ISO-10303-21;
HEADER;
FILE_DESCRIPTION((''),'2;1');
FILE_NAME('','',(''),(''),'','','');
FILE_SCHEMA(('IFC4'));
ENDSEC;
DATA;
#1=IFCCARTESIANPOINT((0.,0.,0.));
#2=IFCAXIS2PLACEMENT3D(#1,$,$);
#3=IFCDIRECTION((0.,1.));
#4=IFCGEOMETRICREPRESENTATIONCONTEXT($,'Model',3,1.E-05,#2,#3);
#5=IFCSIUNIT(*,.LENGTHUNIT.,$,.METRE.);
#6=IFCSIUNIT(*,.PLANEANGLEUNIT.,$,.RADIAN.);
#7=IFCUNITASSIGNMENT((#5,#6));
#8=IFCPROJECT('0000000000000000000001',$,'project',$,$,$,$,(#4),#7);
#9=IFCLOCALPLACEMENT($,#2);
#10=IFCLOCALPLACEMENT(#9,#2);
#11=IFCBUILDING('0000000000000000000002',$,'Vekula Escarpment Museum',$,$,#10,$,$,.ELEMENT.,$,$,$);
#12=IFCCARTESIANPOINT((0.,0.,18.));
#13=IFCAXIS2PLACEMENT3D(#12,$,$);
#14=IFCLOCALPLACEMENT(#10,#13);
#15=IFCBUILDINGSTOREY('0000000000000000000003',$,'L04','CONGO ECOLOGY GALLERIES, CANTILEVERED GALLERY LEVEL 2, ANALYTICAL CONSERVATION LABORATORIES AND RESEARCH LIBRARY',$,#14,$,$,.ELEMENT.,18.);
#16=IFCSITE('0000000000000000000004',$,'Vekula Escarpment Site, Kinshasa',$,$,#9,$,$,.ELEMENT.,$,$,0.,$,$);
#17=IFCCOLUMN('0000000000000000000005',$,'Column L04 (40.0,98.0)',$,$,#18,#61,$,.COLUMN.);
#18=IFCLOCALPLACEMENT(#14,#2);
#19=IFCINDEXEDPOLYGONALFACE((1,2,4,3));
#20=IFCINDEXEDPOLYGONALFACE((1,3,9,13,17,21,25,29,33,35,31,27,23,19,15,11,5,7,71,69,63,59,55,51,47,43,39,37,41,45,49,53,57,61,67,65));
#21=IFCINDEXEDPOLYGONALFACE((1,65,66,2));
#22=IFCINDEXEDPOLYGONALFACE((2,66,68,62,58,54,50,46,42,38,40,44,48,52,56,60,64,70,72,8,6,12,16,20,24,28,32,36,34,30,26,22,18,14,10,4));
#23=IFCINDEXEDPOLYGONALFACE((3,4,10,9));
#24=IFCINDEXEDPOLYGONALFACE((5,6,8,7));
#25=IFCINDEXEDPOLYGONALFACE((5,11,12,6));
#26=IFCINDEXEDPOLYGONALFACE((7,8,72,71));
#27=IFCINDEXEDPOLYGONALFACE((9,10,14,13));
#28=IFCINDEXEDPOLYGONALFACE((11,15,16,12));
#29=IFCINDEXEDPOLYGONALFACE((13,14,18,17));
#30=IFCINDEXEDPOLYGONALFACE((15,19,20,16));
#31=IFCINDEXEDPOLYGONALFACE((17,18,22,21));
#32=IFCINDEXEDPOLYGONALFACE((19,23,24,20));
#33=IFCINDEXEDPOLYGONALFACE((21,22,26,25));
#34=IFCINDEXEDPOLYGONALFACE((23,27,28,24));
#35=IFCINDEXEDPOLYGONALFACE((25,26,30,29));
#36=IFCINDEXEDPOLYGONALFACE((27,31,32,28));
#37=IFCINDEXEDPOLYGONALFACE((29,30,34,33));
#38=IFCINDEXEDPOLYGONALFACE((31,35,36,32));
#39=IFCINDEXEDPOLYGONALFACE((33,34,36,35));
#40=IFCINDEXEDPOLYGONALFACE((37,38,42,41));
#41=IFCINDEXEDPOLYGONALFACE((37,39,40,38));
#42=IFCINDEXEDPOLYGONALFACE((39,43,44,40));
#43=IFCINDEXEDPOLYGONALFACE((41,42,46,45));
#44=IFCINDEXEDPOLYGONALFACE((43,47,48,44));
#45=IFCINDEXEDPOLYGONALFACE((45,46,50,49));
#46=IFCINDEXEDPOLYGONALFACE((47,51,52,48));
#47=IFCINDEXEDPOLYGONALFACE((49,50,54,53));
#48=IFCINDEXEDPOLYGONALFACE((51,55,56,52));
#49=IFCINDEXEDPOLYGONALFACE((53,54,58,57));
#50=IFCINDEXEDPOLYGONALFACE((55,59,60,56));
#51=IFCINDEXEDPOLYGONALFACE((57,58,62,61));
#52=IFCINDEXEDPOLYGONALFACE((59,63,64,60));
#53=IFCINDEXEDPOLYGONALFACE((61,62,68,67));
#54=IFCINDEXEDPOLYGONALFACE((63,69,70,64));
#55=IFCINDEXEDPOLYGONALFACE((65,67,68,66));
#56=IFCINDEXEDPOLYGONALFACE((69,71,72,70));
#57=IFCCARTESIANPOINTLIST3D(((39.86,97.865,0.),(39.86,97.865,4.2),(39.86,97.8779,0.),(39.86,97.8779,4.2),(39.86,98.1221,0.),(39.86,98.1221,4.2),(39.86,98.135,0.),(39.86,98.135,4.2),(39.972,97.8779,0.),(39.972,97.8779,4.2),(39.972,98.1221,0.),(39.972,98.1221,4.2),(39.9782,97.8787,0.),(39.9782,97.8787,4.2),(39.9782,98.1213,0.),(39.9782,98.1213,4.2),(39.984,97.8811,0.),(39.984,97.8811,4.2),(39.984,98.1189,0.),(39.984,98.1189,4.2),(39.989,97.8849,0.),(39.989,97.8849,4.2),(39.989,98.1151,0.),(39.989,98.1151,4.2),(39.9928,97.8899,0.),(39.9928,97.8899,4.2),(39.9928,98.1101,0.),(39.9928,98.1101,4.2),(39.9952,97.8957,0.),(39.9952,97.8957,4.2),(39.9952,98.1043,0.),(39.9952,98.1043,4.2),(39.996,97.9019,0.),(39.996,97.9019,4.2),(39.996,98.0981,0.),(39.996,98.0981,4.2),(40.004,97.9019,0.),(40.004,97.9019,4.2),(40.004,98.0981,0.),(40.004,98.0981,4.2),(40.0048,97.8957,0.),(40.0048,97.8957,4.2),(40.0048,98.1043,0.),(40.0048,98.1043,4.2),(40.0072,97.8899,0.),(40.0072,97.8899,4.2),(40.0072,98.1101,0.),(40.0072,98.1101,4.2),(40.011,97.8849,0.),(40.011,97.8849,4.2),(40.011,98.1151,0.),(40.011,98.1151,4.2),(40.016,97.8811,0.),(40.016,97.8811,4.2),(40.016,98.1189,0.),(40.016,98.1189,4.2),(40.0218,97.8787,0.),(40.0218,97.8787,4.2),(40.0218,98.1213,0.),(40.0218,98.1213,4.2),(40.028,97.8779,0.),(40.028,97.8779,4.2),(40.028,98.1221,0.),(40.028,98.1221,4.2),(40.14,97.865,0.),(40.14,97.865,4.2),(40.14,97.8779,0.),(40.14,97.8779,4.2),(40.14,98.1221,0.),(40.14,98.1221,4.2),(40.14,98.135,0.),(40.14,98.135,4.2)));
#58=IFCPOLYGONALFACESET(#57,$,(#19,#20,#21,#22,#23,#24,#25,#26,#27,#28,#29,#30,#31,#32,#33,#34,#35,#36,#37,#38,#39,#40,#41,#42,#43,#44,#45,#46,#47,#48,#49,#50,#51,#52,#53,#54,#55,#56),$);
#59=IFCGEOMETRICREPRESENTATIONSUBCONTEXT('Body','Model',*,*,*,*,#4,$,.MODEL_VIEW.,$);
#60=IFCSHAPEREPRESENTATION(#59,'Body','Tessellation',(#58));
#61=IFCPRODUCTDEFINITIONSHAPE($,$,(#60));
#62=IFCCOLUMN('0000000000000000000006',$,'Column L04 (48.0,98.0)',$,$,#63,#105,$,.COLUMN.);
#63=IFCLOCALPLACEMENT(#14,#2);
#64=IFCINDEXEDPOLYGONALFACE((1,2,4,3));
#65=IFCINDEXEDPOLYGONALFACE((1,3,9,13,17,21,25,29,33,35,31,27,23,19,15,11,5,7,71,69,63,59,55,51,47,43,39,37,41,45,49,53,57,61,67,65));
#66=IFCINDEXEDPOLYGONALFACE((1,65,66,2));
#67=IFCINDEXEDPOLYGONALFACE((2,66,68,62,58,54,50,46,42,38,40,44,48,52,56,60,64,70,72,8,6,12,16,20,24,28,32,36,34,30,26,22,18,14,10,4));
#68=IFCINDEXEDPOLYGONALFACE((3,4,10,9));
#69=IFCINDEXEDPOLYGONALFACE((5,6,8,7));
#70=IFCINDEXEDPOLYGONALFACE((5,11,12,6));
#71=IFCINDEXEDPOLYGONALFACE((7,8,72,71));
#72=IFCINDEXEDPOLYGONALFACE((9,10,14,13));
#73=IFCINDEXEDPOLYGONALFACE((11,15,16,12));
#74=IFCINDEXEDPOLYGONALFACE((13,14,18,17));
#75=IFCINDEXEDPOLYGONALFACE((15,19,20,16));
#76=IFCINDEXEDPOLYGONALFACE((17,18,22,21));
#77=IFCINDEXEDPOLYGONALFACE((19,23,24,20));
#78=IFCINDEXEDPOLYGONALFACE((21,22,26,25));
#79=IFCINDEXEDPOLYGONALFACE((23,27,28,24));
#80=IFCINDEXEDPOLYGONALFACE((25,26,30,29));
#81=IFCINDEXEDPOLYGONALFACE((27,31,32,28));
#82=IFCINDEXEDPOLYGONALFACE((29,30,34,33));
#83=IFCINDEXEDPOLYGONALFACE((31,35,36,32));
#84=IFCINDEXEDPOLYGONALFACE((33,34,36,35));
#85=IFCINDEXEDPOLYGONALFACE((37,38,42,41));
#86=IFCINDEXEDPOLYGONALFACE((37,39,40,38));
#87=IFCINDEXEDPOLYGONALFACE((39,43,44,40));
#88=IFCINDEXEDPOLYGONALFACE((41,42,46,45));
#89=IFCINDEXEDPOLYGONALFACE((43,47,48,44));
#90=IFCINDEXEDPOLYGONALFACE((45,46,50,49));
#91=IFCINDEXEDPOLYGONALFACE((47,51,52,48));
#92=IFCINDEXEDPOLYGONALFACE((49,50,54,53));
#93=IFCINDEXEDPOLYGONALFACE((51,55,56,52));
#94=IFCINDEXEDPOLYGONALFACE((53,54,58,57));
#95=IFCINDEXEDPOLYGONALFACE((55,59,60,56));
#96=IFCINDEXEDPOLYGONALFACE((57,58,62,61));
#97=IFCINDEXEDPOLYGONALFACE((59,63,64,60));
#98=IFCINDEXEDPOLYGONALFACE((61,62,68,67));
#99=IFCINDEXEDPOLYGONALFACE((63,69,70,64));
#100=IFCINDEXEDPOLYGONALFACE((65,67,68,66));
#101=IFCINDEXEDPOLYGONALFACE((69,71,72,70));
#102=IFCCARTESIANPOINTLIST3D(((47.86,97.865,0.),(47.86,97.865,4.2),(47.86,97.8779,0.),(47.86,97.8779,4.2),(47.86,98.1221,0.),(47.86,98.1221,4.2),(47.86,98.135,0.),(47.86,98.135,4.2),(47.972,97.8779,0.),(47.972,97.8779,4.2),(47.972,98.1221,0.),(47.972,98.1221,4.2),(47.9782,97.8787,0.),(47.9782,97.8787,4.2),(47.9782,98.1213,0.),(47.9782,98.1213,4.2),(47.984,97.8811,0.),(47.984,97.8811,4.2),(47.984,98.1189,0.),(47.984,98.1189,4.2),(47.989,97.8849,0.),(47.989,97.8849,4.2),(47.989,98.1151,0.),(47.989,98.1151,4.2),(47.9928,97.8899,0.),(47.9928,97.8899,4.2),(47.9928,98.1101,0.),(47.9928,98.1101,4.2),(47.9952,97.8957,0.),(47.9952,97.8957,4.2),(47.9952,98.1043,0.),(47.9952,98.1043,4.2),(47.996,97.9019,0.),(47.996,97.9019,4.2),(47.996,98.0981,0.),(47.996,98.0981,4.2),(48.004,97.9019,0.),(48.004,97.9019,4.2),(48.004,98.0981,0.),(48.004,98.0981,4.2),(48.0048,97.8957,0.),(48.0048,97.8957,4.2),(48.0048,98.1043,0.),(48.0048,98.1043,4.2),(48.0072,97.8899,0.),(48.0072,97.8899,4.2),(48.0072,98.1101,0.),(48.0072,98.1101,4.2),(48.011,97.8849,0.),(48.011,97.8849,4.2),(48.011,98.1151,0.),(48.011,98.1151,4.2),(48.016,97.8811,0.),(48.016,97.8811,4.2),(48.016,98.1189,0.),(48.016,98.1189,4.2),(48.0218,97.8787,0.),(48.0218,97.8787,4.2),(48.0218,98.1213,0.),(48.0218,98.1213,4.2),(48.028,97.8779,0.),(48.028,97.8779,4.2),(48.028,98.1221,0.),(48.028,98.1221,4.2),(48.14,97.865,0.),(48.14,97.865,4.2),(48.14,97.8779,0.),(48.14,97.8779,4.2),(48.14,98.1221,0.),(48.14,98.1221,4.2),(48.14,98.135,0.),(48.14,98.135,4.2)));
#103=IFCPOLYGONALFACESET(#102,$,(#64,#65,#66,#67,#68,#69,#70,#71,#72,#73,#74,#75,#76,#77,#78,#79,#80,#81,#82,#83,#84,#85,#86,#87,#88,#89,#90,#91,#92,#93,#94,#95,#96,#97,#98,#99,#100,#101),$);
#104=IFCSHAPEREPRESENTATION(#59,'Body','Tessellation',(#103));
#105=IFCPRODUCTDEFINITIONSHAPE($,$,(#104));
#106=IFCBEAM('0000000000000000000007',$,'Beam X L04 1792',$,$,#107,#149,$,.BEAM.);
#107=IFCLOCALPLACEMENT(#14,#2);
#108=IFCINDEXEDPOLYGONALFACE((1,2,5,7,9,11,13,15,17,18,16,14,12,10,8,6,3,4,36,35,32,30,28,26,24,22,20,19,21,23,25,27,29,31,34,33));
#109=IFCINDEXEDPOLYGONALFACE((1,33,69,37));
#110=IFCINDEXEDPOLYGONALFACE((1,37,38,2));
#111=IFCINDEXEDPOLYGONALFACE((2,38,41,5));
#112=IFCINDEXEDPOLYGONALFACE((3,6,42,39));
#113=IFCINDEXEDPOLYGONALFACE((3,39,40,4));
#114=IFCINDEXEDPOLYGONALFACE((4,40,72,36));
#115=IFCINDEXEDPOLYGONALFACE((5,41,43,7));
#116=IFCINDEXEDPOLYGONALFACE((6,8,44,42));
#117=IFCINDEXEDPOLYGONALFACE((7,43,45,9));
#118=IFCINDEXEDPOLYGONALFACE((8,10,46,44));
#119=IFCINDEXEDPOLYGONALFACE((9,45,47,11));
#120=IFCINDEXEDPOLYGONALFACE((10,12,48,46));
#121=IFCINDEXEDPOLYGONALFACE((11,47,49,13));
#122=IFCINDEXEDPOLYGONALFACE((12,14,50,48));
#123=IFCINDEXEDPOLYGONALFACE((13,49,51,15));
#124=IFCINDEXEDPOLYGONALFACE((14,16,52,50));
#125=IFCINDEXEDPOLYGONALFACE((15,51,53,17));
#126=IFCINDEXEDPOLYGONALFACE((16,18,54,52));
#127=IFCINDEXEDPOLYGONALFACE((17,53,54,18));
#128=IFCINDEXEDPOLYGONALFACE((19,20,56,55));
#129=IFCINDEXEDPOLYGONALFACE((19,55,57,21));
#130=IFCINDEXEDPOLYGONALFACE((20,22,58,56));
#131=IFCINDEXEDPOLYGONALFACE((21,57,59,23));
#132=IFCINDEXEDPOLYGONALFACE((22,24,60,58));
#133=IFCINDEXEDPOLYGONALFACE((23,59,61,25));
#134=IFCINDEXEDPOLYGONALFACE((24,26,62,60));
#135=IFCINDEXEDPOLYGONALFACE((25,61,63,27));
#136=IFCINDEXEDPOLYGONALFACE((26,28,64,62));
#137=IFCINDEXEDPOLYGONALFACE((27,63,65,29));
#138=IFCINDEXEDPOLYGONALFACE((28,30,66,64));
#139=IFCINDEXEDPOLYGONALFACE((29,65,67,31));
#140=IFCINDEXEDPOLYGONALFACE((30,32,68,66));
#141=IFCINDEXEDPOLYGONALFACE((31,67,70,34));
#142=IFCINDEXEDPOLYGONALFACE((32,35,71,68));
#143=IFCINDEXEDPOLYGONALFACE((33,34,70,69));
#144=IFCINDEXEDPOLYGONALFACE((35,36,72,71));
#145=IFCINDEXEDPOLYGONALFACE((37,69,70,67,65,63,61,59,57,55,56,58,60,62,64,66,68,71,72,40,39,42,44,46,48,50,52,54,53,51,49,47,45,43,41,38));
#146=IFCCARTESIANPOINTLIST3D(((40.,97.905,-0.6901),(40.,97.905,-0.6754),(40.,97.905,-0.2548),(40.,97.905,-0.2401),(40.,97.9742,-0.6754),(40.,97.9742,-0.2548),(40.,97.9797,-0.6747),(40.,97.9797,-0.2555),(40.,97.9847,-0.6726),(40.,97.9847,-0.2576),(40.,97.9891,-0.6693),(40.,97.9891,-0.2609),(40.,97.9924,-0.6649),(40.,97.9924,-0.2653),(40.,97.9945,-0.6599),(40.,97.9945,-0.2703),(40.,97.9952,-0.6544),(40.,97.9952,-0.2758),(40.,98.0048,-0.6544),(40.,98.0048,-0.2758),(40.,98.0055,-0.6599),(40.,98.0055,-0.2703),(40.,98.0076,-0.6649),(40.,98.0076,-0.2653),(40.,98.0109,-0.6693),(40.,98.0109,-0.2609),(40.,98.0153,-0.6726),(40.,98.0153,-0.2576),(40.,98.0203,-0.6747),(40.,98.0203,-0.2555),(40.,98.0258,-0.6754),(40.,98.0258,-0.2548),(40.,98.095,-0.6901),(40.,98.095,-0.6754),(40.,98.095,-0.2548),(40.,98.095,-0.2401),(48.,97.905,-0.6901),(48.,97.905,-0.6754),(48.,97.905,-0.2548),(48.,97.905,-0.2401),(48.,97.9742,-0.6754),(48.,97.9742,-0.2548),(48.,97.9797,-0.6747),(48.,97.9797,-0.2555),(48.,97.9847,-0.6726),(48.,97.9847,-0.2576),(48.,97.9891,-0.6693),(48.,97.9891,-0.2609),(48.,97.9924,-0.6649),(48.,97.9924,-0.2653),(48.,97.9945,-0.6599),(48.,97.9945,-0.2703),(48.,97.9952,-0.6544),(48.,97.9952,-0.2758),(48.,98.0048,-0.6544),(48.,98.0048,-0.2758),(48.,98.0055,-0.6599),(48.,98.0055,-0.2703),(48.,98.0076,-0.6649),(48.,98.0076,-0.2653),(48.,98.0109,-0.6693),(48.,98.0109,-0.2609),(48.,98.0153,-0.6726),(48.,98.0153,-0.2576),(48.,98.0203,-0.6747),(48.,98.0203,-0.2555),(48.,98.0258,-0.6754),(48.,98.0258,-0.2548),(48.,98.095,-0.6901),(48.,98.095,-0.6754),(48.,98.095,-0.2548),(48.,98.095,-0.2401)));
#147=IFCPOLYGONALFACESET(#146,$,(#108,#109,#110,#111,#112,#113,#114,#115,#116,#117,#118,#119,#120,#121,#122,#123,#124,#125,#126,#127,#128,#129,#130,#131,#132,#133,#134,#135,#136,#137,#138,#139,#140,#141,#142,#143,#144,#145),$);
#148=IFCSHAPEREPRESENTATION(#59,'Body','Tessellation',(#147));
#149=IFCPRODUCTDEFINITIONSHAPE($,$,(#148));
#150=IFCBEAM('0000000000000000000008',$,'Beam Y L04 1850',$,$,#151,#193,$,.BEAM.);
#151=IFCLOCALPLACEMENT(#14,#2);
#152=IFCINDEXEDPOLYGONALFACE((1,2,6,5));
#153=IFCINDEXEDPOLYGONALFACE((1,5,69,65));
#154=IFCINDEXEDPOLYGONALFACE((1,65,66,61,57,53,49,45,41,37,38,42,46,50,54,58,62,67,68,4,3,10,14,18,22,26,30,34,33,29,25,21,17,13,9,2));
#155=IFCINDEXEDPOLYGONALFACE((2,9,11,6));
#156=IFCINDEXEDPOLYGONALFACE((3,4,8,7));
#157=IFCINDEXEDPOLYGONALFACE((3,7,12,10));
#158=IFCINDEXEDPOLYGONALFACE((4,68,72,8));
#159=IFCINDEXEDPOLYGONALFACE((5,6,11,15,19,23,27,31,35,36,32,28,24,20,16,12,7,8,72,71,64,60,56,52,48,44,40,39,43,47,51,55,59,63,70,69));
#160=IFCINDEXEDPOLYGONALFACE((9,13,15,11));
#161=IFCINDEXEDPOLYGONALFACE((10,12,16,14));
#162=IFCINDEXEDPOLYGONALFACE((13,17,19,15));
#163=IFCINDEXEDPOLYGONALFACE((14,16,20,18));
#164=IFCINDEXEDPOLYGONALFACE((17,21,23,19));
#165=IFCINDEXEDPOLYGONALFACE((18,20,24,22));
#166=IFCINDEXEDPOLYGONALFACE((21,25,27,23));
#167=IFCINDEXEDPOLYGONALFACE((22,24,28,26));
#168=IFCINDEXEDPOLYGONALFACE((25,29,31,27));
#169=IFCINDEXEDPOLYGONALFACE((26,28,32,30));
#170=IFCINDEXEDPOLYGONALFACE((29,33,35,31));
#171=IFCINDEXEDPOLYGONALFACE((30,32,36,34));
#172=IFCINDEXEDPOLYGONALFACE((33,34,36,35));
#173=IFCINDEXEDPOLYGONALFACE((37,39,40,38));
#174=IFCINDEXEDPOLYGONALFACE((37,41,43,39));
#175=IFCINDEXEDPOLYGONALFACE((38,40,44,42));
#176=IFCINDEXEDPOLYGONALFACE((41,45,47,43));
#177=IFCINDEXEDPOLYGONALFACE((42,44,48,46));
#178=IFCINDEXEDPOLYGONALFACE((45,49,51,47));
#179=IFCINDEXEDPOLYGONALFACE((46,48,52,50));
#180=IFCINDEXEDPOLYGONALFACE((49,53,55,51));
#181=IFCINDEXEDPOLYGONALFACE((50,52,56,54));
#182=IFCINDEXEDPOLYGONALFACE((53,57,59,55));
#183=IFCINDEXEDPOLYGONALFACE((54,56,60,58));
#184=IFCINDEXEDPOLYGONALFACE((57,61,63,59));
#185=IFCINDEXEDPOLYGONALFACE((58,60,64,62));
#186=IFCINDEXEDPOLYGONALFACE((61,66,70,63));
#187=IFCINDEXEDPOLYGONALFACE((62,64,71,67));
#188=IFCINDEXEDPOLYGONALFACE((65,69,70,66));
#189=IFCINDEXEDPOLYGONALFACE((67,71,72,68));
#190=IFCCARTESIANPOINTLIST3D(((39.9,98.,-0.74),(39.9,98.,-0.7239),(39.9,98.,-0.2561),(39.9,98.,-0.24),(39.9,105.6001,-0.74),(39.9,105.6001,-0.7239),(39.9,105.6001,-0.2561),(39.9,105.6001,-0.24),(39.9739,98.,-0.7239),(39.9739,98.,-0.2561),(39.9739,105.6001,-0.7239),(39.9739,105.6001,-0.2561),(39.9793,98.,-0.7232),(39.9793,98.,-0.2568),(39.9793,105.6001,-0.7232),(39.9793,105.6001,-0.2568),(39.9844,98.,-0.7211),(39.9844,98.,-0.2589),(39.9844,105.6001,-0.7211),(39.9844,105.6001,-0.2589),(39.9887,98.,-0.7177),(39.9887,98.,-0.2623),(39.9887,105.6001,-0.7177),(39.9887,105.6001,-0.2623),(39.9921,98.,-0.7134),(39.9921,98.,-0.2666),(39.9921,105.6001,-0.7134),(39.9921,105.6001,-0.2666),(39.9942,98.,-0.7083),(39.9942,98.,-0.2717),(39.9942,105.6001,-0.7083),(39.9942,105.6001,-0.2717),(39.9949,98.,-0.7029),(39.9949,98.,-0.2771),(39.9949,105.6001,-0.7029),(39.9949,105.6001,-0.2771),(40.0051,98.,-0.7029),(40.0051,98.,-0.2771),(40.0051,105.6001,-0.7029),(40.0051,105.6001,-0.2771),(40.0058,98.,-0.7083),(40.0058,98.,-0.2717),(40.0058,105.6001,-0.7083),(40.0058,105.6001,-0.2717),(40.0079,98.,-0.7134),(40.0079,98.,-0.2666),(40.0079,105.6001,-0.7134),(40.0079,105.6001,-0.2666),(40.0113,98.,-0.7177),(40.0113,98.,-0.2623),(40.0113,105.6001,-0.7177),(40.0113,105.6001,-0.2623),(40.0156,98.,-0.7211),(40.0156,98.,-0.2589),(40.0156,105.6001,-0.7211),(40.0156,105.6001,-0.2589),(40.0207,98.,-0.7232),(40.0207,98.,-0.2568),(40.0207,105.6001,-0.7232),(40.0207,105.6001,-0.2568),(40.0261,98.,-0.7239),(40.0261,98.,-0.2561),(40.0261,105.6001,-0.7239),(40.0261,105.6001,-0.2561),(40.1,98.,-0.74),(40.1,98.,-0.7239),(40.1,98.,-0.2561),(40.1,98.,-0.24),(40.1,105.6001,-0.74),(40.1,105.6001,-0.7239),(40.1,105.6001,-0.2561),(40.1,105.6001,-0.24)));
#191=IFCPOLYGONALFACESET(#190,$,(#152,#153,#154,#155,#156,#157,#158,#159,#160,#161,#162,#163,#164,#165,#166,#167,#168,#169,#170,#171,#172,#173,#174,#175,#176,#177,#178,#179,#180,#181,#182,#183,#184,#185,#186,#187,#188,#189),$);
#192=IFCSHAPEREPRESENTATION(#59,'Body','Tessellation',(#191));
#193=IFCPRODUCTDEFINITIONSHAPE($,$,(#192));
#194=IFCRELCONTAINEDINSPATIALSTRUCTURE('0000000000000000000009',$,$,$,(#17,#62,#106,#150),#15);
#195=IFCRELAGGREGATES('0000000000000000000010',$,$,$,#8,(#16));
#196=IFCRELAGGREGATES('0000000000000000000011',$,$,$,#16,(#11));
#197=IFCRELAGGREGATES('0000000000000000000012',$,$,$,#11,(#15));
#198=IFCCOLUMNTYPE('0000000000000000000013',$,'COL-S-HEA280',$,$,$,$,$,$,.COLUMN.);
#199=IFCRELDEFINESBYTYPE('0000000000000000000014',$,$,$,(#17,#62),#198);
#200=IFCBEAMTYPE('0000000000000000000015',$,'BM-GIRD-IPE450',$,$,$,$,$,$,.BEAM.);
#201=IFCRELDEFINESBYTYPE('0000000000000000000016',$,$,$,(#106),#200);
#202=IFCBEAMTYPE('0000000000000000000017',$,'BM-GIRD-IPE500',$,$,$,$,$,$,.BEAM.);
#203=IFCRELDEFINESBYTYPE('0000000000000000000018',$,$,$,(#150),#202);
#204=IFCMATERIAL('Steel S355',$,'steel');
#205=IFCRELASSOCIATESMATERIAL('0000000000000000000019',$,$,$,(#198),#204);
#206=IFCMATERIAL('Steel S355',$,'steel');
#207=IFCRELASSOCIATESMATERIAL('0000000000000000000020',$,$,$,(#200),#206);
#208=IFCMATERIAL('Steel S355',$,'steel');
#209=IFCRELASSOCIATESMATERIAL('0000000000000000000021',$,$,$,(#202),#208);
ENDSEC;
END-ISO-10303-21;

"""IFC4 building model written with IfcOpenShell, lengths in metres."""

from ifc_helpers import new_model, si_unit, direction, frame, origin, origin_2d, place, context, subcontext, project, spatial, i_section, extrude, material, material_profile, profile_set, type_object, element, save


model = new_model("IFC4")

# Units and contexts
model_context = context("Model", 3, precision=1e-05, world=origin(), true_north=direction((0.0, 1.0)))
body_context = subcontext(model_context, "Body", "Model", "MODEL_VIEW")
ifc_project = project(units=[si_unit("LENGTHUNIT", "METRE"), si_unit("PLANEANGLEUNIT", "RADIAN")], contexts=[model_context])

# Site, building, storey
site_placement = place(None, origin())
site = spatial("IfcSite", under=ifc_project, at=site_placement, Name="Vekula Escarpment Site, Kinshasa", CompositionType="ELEMENT", RefElevation=0.0)
building_placement = place(site_placement, origin())
building = spatial("IfcBuilding", under=site, at=building_placement, Name="Vekula Escarpment Museum", CompositionType="ELEMENT")
storey_placement = place(building_placement, frame((0.0, 0.0, 18.0)))
storey = spatial("IfcBuildingStorey", under=building, at=storey_placement, Name="L04", Description="CONGO ECOLOGY GALLERIES, CANTILEVERED GALLERY LEVEL 2, ANALYTICAL CONSERVATION LABORATORIES AND RESEARCH LIBRARY", CompositionType="ELEMENT", Elevation=18.0)

# Columns
ifc_material_1 = material(Name="Steel S355", Category="steel")
ifc_material_profile_1 = material_profile(ifc_material_1, i_section(OverallWidth=0.28, OverallDepth=0.27, WebThickness=0.0081, FlangeThickness=0.0129, FilletRadius=0.0239, at=origin_2d()), Name="HEA 280")
ifc_profile_set_1 = profile_set([ifc_material_profile_1], Name="Steel S355")
column_type = type_object("IfcColumnType", Name="COL-S-HEA280", PredefinedType="COLUMN", material=ifc_profile_set_1)
for number, where, z_axis, x_axis, name in (
    (1, (40.0, 98.0, 0.0), (0.0, 0.0, 1.0), (1.0, 0.0, 0.0), "Column L04 (40.0,98.0)"),
    (2, (48.0, 98.0, 0.0), (0.0, 0.0, 1.0), (1.0, 0.0, 0.0), "Column L04 (48.0,98.0)"),
):
    element("IfcColumn", number, at=place(storey_placement, frame(where, z_axis=z_axis, x_axis=x_axis)), inside=storey, type_object=column_type, Name=name, PredefinedType="COLUMN", context=body_context, shape_type="SweptSolid", body=[
        extrude(i_section(OverallWidth=0.28, OverallDepth=0.27, WebThickness=0.0081, FlangeThickness=0.0129, FilletRadius=0.0239, at=origin_2d()), origin(), (0.0, 0.0, 1.0), 4.2),
    ])

# Beams
ifc_material_2 = material(Name="Steel S355", Category="steel")
ifc_material_profile_2 = material_profile(ifc_material_2, i_section(OverallWidth=0.1899, OverallDepth=0.45, WebThickness=0.0095, FlangeThickness=0.0146, FilletRadius=0.021, at=origin_2d()), Name="IPE 450")
ifc_profile_set_2 = profile_set([ifc_material_profile_2], Name="Steel S355")
beam_type_1 = type_object("IfcBeamType", Name="BM-GIRD-IPE450", PredefinedType="BEAM", material=ifc_profile_set_2)
beam_placement = place(storey_placement, frame((40.0, 98.0, -0.4651), z_axis=(1.0, 0.0, 0.0), x_axis=(0.0, 1.0, 0.0)))
element("IfcBeam", 3, at=beam_placement, inside=storey, type_object=beam_type_1, Name="Beam X L04 1792", PredefinedType="BEAM", context=body_context, shape_type="SweptSolid", body=[
    extrude(i_section(OverallWidth=0.1899, OverallDepth=0.45, WebThickness=0.0095, FlangeThickness=0.0146, FilletRadius=0.021, at=origin_2d()), origin(), (0.0, 0.0, 1.0), 8.0),
])
ifc_material_3 = material(Name="Steel S355", Category="steel")
ifc_material_profile_3 = material_profile(ifc_material_3, i_section(OverallWidth=0.2, OverallDepth=0.5, WebThickness=0.0103, FlangeThickness=0.0161, FilletRadius=0.021, at=origin_2d()), Name="IPE 500")
ifc_profile_set_3 = profile_set([ifc_material_profile_3], Name="Steel S355")
beam_type_2 = type_object("IfcBeamType", Name="BM-GIRD-IPE500", PredefinedType="BEAM", material=ifc_profile_set_3)
for number, where, z_axis, x_axis, name in (
    (4, (40.0, 98.0, -0.49), (0.0, 1.0, 0.0), (-1.0, 0.0, 0.0), "Beam Y L04 1850"),
):
    element("IfcBeam", number, at=place(storey_placement, frame(where, z_axis=z_axis, x_axis=x_axis)), inside=storey, type_object=beam_type_2, Name=name, PredefinedType="BEAM", context=body_context, shape_type="SweptSolid", body=[
        extrude(i_section(OverallWidth=0.2, OverallDepth=0.5, WebThickness=0.0103, FlangeThickness=0.0161, FilletRadius=0.021, at=origin_2d()), origin(), (0.0, 0.0, 1.0), 7.6001),
    ])

save(model, "model.ifc")
